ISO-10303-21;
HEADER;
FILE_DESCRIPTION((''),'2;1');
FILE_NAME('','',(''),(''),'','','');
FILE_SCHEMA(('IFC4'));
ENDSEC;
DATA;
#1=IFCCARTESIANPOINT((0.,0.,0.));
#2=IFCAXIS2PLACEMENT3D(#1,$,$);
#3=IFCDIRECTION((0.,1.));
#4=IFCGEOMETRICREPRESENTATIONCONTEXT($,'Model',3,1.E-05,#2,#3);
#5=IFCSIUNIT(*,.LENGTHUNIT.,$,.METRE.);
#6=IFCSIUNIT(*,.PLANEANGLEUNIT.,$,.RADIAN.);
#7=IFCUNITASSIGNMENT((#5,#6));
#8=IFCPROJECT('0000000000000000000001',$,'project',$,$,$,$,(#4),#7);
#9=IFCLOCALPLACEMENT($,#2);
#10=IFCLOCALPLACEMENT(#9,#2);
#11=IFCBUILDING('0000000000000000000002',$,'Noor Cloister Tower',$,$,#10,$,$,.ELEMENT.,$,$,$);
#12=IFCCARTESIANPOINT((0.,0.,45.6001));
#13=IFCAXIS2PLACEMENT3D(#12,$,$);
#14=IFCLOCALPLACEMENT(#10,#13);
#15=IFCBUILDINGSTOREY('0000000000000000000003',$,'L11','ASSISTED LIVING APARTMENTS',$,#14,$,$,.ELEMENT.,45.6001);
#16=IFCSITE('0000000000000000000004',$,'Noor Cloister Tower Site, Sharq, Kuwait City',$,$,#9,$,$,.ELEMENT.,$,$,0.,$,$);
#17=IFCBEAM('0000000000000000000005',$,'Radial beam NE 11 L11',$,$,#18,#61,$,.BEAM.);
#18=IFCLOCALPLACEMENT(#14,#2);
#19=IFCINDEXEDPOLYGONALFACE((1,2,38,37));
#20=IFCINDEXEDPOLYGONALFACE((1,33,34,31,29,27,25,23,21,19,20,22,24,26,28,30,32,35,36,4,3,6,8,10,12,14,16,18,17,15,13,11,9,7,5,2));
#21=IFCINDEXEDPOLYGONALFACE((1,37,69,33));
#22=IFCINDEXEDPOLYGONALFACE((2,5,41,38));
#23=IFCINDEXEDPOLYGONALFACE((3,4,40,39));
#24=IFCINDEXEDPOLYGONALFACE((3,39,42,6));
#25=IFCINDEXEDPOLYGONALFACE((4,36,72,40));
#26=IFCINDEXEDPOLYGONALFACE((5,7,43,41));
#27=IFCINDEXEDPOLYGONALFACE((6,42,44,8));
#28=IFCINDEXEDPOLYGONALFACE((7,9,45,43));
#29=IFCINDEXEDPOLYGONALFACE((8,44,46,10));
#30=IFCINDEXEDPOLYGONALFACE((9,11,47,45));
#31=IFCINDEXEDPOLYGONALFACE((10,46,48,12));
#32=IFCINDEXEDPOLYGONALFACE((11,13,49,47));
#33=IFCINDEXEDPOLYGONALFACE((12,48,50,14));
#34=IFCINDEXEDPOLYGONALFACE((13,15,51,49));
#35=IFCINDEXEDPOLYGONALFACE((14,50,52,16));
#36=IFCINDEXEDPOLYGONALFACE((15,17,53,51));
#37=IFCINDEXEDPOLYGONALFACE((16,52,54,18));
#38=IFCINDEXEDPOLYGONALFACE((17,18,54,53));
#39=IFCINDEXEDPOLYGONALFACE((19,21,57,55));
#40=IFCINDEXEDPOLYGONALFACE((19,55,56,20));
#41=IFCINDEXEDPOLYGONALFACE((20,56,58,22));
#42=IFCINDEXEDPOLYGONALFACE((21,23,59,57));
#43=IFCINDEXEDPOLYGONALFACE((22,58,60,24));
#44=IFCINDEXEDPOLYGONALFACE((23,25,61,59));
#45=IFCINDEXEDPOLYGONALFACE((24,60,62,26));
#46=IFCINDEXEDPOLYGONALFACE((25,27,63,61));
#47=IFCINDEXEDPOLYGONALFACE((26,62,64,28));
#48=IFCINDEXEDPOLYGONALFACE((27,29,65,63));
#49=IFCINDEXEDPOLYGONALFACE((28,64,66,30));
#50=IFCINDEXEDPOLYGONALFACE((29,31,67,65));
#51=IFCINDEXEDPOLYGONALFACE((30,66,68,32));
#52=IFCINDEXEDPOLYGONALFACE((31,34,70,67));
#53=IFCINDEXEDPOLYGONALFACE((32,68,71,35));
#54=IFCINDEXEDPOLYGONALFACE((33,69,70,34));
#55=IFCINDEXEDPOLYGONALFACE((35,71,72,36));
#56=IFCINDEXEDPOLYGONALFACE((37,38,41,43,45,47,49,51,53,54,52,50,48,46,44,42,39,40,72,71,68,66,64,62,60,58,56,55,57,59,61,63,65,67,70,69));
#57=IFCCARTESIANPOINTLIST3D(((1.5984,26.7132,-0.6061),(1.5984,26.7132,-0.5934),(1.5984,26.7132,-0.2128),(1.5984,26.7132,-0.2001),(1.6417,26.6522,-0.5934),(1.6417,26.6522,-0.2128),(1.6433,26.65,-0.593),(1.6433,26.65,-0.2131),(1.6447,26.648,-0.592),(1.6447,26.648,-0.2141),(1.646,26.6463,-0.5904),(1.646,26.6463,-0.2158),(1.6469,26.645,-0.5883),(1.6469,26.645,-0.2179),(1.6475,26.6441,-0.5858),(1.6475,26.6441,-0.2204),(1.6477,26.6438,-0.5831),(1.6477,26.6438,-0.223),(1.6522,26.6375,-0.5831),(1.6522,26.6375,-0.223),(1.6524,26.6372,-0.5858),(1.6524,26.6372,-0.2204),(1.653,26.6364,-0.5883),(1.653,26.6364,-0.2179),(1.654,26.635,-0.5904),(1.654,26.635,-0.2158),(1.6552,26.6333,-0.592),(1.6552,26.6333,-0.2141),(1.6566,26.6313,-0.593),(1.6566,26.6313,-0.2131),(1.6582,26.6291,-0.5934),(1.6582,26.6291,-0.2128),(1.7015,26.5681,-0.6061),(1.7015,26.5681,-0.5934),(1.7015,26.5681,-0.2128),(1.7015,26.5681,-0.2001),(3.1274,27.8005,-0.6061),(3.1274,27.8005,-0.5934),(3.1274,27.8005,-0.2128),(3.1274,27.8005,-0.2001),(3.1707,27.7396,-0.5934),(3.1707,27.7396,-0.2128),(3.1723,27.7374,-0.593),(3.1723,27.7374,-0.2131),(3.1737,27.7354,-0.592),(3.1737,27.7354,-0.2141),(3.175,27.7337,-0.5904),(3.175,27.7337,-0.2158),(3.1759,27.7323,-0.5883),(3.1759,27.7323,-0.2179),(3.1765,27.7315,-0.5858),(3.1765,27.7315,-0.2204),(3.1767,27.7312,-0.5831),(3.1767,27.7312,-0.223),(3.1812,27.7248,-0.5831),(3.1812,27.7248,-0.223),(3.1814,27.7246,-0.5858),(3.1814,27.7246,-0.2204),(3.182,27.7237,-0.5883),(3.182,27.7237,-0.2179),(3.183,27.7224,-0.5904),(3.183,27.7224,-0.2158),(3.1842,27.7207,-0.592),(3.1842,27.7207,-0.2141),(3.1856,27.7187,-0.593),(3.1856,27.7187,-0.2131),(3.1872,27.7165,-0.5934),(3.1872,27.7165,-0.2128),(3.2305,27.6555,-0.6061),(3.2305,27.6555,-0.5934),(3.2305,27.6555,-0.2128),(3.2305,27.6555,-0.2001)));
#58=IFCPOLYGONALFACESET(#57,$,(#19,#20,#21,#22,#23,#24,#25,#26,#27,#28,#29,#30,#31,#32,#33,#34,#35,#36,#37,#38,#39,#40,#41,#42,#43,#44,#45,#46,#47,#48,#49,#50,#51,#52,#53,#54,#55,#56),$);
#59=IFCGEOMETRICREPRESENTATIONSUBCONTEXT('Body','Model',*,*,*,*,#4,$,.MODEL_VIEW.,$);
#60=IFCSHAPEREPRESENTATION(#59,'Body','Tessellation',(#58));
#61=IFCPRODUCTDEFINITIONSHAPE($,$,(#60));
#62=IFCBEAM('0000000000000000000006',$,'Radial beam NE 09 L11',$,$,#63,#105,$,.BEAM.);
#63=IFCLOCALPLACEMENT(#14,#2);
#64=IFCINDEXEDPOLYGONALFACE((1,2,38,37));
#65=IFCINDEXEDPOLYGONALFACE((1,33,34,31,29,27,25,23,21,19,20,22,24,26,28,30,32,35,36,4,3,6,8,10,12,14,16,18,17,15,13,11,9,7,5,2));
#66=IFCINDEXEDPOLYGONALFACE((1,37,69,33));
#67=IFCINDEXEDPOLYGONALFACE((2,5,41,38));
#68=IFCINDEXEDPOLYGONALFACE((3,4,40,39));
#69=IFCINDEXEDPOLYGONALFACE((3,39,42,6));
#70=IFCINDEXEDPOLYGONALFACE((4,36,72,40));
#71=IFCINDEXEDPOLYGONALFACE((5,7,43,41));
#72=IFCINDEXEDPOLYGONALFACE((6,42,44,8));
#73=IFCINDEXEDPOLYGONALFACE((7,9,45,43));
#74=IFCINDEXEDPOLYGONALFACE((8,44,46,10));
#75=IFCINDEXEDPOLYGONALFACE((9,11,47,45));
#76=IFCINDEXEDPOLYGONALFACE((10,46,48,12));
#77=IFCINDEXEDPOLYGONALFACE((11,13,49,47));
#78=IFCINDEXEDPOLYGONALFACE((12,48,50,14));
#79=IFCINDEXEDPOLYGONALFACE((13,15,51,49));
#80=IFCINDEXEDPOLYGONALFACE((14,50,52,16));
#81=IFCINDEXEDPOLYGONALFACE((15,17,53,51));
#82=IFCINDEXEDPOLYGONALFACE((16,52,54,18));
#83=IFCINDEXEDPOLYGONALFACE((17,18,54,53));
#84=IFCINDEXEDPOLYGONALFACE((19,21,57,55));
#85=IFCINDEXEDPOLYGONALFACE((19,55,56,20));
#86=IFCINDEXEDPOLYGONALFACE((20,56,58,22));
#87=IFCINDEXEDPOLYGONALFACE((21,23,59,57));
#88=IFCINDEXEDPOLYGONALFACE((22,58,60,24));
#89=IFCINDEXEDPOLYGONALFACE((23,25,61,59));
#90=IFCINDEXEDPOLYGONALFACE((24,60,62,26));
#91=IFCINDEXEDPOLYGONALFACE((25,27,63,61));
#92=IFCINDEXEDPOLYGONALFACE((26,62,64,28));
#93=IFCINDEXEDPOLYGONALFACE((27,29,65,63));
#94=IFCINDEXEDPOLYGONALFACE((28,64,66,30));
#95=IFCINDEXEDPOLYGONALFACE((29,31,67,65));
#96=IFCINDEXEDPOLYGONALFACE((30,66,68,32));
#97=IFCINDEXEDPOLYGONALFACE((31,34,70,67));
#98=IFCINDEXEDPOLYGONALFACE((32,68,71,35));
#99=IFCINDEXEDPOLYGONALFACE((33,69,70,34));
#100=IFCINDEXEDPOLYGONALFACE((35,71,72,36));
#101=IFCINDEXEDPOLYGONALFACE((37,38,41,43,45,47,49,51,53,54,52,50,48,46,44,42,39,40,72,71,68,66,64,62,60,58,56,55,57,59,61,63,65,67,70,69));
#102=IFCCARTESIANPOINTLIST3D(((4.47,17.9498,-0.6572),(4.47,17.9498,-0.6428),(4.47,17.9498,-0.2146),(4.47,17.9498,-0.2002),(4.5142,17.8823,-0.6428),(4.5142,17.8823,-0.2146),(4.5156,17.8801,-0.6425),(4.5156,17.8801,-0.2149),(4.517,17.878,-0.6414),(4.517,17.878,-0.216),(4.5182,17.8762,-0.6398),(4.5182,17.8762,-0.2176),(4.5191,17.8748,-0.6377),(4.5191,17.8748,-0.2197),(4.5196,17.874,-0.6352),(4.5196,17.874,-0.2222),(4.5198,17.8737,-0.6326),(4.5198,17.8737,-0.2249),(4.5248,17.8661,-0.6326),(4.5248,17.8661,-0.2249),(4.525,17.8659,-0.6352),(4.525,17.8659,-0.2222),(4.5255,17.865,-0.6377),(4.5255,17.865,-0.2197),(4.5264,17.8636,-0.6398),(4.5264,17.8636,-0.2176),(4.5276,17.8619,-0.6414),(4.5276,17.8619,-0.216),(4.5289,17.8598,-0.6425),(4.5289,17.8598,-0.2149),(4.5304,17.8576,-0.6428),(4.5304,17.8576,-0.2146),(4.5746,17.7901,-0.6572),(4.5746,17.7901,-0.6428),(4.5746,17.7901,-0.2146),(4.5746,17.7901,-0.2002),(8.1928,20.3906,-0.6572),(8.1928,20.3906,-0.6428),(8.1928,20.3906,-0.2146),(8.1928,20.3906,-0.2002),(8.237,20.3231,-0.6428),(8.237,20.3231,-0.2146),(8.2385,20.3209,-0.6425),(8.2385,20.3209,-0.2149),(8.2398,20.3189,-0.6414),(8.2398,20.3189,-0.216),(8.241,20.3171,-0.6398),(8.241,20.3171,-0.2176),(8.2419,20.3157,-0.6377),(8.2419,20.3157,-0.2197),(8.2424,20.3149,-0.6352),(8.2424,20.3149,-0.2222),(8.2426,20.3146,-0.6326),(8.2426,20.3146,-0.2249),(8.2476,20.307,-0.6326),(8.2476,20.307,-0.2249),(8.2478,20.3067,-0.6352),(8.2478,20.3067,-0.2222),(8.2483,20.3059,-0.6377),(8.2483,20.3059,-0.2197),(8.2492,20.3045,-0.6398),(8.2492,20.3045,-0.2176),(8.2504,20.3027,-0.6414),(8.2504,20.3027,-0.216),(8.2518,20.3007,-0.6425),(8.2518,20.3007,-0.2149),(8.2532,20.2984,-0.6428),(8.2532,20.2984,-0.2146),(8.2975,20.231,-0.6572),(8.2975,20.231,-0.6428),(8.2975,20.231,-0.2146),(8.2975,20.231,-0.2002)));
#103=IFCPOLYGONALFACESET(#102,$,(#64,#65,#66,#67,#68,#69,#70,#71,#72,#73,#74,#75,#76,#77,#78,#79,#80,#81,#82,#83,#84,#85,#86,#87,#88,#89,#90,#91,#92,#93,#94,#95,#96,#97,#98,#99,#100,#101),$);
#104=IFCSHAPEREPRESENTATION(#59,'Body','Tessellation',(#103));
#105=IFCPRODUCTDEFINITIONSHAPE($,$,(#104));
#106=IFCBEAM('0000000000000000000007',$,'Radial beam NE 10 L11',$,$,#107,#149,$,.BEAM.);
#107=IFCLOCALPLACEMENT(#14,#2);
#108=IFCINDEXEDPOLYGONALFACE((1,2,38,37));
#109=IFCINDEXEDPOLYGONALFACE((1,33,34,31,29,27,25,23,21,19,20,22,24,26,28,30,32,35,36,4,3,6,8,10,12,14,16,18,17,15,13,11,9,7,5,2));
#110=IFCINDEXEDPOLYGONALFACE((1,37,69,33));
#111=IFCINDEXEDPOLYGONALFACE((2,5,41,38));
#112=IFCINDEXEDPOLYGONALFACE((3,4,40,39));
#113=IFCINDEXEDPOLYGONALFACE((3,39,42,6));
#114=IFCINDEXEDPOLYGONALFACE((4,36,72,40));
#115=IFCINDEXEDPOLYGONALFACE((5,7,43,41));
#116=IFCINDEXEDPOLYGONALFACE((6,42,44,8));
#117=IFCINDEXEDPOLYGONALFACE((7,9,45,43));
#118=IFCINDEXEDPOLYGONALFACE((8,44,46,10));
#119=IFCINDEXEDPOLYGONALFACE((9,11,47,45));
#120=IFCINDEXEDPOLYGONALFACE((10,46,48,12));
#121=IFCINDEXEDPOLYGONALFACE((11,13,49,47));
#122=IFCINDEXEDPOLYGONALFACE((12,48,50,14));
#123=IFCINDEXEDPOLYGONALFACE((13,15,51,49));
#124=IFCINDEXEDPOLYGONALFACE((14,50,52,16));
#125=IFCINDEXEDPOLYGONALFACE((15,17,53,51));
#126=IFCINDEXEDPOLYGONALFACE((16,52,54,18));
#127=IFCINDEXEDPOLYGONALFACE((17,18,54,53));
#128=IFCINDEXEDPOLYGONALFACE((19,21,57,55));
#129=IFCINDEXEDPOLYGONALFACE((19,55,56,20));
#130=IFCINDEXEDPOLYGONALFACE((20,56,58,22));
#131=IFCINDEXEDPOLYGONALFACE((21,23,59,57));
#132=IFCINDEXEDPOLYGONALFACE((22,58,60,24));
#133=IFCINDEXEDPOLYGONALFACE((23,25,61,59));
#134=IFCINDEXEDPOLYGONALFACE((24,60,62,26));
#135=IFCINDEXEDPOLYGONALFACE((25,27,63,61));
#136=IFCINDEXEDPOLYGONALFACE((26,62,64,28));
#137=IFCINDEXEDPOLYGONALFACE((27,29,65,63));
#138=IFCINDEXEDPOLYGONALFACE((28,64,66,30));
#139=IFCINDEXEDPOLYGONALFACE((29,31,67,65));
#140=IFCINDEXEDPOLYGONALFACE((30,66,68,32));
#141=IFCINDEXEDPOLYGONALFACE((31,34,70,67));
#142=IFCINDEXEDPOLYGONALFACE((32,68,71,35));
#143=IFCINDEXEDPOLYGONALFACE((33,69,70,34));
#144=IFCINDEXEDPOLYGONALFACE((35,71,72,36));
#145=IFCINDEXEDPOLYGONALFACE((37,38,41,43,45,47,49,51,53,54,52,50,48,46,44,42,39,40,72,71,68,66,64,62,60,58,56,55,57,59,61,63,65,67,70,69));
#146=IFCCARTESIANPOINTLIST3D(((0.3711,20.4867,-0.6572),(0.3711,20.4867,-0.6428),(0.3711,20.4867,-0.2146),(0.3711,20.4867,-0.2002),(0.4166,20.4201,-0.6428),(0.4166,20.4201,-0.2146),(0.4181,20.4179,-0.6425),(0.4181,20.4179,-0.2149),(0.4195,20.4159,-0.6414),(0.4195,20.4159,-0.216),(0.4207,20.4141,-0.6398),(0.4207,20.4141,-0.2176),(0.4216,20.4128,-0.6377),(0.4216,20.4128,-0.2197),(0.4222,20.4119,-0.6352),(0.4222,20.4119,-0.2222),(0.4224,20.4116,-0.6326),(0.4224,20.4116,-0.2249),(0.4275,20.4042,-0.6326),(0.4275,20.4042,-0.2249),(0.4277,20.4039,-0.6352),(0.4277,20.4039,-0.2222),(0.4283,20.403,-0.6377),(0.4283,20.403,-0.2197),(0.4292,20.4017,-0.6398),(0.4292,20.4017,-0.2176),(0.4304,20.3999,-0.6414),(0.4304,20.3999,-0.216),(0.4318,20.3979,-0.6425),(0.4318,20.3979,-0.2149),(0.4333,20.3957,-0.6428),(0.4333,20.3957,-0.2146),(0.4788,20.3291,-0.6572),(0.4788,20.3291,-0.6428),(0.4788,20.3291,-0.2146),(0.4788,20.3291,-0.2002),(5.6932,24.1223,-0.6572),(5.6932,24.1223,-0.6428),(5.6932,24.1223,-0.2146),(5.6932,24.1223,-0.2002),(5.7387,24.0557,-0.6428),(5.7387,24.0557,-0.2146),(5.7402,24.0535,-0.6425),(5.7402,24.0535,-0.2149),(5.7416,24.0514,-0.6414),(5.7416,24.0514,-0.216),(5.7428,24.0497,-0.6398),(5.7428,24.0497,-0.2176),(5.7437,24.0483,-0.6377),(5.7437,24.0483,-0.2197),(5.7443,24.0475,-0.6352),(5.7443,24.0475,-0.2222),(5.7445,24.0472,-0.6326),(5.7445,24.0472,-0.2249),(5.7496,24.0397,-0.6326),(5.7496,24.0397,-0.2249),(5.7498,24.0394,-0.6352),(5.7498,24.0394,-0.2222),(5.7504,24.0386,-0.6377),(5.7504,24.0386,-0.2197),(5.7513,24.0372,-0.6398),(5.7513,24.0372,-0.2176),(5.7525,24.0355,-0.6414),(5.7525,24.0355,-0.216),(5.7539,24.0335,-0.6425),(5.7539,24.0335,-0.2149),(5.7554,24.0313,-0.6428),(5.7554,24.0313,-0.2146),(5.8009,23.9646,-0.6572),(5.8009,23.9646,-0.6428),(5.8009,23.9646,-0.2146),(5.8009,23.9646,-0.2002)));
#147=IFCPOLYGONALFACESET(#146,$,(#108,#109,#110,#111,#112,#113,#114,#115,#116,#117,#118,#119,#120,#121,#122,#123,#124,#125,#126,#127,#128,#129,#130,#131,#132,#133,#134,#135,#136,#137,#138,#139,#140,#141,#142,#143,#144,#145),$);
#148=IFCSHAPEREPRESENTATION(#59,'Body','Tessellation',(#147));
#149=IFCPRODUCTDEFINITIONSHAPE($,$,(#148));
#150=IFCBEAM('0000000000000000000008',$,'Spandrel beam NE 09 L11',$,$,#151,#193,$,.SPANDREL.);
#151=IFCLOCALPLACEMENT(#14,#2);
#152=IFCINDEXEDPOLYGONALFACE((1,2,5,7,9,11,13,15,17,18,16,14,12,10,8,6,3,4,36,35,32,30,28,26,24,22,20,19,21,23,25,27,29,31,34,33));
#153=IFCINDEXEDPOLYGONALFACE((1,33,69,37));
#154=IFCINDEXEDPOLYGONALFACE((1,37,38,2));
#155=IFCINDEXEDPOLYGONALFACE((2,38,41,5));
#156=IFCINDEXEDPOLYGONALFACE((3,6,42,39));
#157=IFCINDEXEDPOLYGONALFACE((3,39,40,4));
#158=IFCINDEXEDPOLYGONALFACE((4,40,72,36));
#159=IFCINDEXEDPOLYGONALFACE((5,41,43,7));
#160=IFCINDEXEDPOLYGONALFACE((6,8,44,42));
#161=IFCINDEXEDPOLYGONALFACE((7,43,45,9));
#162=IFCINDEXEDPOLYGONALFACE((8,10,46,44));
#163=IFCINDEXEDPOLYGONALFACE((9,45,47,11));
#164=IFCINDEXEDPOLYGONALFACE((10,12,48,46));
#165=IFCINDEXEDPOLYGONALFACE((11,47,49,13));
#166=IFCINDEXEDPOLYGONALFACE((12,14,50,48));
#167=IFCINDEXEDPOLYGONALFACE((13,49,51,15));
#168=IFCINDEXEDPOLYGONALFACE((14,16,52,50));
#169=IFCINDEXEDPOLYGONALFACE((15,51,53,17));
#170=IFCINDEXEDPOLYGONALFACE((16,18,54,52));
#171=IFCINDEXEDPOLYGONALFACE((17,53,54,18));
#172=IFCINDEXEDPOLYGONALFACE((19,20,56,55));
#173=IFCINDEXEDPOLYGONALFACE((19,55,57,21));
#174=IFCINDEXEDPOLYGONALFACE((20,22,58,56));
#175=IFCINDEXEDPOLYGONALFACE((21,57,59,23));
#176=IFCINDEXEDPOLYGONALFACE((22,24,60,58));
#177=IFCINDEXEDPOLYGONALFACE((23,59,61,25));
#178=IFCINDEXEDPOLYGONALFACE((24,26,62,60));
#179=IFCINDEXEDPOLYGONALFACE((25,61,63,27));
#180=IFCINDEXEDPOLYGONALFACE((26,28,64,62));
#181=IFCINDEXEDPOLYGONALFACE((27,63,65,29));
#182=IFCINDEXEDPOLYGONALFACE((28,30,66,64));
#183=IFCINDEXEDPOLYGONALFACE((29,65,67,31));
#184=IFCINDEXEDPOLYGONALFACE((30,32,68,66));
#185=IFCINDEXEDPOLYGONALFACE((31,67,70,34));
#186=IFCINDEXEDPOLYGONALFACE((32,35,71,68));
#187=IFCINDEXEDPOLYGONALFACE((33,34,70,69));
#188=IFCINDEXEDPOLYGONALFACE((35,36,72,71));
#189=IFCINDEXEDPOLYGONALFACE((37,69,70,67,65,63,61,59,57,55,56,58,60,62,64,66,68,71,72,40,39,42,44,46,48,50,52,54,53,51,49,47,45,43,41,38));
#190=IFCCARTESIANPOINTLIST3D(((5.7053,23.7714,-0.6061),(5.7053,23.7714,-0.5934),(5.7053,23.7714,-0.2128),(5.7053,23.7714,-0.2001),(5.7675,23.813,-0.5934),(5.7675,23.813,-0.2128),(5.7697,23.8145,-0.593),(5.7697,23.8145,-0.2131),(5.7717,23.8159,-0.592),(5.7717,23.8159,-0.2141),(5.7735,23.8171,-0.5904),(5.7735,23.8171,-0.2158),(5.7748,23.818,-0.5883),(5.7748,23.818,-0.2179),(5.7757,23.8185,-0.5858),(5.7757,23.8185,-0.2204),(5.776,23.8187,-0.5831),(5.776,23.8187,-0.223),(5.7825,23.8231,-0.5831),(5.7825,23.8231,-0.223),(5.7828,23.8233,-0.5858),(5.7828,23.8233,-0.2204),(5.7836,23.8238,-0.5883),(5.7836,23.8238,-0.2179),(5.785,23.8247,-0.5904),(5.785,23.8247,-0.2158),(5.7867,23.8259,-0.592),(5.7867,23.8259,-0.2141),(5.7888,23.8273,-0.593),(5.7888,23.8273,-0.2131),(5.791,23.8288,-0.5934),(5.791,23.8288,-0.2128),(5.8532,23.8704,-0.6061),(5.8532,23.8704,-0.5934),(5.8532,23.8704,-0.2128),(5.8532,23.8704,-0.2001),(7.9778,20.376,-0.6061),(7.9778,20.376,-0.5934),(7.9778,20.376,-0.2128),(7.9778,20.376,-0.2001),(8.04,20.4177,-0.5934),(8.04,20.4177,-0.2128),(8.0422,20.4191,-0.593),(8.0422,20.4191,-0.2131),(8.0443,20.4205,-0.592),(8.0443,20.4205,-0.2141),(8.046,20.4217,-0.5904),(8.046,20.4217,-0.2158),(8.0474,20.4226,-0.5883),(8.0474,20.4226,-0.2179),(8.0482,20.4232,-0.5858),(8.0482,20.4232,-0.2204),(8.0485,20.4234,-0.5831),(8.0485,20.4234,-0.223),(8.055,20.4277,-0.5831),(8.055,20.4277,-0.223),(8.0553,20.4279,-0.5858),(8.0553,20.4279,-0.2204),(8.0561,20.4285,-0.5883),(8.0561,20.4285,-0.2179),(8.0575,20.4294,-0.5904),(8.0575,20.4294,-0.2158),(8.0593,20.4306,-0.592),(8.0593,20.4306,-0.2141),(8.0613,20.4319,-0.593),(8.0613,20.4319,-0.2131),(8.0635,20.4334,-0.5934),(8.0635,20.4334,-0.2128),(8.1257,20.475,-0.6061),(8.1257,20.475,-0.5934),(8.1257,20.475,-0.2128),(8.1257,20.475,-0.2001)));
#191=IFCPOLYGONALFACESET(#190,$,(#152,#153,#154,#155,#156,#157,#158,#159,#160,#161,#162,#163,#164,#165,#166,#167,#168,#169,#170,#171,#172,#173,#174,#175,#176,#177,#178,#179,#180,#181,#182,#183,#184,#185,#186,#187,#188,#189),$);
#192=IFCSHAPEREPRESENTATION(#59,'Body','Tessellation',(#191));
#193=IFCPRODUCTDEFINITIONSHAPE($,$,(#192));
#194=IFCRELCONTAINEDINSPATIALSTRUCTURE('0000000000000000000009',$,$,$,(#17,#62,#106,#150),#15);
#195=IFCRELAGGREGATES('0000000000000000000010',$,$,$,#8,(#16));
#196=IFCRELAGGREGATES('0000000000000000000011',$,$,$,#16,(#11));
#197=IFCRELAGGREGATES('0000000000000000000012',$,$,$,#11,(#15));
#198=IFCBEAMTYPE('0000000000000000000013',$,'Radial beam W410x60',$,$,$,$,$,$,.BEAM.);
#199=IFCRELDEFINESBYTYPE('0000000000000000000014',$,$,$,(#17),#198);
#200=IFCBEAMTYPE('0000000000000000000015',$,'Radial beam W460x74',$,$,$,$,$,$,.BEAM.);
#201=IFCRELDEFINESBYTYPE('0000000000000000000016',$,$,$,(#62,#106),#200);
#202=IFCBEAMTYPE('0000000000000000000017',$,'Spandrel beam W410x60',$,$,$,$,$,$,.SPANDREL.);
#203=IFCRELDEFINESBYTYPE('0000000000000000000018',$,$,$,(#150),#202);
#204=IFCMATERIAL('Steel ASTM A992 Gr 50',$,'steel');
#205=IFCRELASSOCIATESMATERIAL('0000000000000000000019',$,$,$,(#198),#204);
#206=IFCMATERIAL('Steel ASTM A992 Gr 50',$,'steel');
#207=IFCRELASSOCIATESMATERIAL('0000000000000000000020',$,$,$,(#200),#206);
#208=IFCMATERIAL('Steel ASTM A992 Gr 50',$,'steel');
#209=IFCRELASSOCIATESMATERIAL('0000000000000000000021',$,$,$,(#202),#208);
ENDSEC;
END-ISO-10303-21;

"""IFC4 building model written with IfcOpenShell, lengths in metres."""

from ifc_helpers import new_model, si_unit, direction, frame, origin, origin_2d, place, context, subcontext, project, spatial, i_section, extrude, material, material_profile, profile_set, type_object, element, save


model = new_model("IFC4")

# Units and contexts
model_context = context("Model", 3, precision=1e-05, world=origin(), true_north=direction((0.0, 1.0)))
body_context = subcontext(model_context, "Body", "Model", "MODEL_VIEW")
ifc_project = project(units=[si_unit("LENGTHUNIT", "METRE"), si_unit("PLANEANGLEUNIT", "RADIAN")], contexts=[model_context])

# Site, building, storey
site_placement = place(None, origin())
site = spatial("IfcSite", under=ifc_project, at=site_placement, Name="Noor Cloister Tower Site, Sharq, Kuwait City", CompositionType="ELEMENT", RefElevation=0.0)
building_placement = place(site_placement, origin())
building = spatial("IfcBuilding", under=site, at=building_placement, Name="Noor Cloister Tower", CompositionType="ELEMENT")
storey_placement = place(building_placement, frame((0.0, 0.0, 45.6001)))
storey = spatial("IfcBuildingStorey", under=building, at=storey_placement, Name="L11", Description="ASSISTED LIVING APARTMENTS", CompositionType="ELEMENT", Elevation=45.6001)

# Beams
ifc_material_1 = material(Name="Steel ASTM A992 Gr 50", Category="steel")
ifc_material_profile_1 = material_profile(ifc_material_1, i_section(OverallWidth=0.178, OverallDepth=0.406, WebThickness=0.0078, FlangeThickness=0.0127, FilletRadius=0.0103, at=origin_2d()), Name="W410x60")
ifc_profile_set_1 = profile_set([ifc_material_profile_1], Name="Steel ASTM A992 Gr 50")
beam_type_1 = type_object("IfcBeamType", Name="Radial beam W410x60", PredefinedType="BEAM", material=ifc_profile_set_1)
beam_1_placement = place(storey_placement, frame((3.179, 27.728, -0.4031), z_axis=(-0.814936, -0.579551, 0.0), x_axis=(0.579551, -0.814936, 0.0)))
element("IfcBeam", 1, at=beam_1_placement, inside=storey, type_object=beam_type_1, Name="Radial beam NE 11 L11", PredefinedType="BEAM", context=body_context, shape_type="SweptSolid", body=[
    extrude(i_section(OverallWidth=0.178, OverallDepth=0.406, WebThickness=0.0078, FlangeThickness=0.0127, FilletRadius=0.0103, at=origin_2d()), origin(), (0.0, 0.0, 1.0), 1.8762),
])
ifc_material_2 = material(Name="Steel ASTM A992 Gr 50", Category="steel")
ifc_material_profile_2 = material_profile(ifc_material_2, i_section(OverallWidth=0.1909, OverallDepth=0.457, WebThickness=0.009, FlangeThickness=0.0144, FilletRadius=0.0103, at=origin_2d()), Name="W460x74")
ifc_profile_set_2 = profile_set([ifc_material_profile_2], Name="Steel ASTM A992 Gr 50")
beam_type_2 = type_object("IfcBeamType", Name="Radial beam W460x74", PredefinedType="BEAM", material=ifc_profile_set_2)
beam_2_placement = place(storey_placement, frame((8.2451, 20.3108, -0.4287), z_axis=(-0.836278, -0.548305, 0.0), x_axis=(0.548305, -0.836278, 0.0)))
element("IfcBeam", 2, at=beam_2_placement, inside=storey, type_object=beam_type_2, Name="Radial beam NE 09 L11", PredefinedType="BEAM", context=body_context, shape_type="SweptSolid", body=[
    extrude(i_section(OverallWidth=0.1909, OverallDepth=0.457, WebThickness=0.009, FlangeThickness=0.0144, FilletRadius=0.0103, at=origin_2d()), origin(), (0.0, 0.0, 1.0), 4.4517),
])
beam_3_placement = place(storey_placement, frame((5.7471, 24.0435, -0.4287), z_axis=(-0.825733, -0.564062, 0.0), x_axis=(0.564062, -0.825733, 0.0)))
element("IfcBeam", 3, at=beam_3_placement, inside=storey, type_object=beam_type_2, Name="Radial beam NE 10 L11", PredefinedType="BEAM", context=body_context, shape_type="SweptSolid", body=[
    extrude(i_section(OverallWidth=0.1909, OverallDepth=0.457, WebThickness=0.009, FlangeThickness=0.0144, FilletRadius=0.0103, at=origin_2d()), origin(), (0.0, 0.0, 1.0), 6.4453),
])
ifc_material_3 = material(Name="Steel ASTM A992 Gr 50", Category="steel")
ifc_material_profile_3 = material_profile(ifc_material_3, i_section(OverallWidth=0.178, OverallDepth=0.406, WebThickness=0.0078, FlangeThickness=0.0127, FilletRadius=0.0103, at=origin_2d()), Name="W410x60")
ifc_profile_set_3 = profile_set([ifc_material_profile_3], Name="Steel ASTM A992 Gr 50")
beam_type_3 = type_object("IfcBeamType", Name="Spandrel beam W410x60", PredefinedType="SPANDREL", material=ifc_profile_set_3)
for number, where, z_axis, x_axis, name in (
    (4, (8.0518, 20.4255, -0.4031), (-0.556216, 0.831038, 0.0), (-0.831038, -0.556216, 0.0), "Spandrel beam NE 09 L11"),
):
    element("IfcBeam", number, at=place(storey_placement, frame(where, z_axis=z_axis, x_axis=x_axis)), inside=storey, type_object=beam_type_3, Name=name, PredefinedType="SPANDREL", context=body_context, shape_type="SweptSolid", body=[
        extrude(i_section(OverallWidth=0.178, OverallDepth=0.406, WebThickness=0.0078, FlangeThickness=0.0127, FilletRadius=0.0103, at=origin_2d()), origin(), (0.0, 0.0, 1.0), 4.0857),
    ])

save(model, "model.ifc")
